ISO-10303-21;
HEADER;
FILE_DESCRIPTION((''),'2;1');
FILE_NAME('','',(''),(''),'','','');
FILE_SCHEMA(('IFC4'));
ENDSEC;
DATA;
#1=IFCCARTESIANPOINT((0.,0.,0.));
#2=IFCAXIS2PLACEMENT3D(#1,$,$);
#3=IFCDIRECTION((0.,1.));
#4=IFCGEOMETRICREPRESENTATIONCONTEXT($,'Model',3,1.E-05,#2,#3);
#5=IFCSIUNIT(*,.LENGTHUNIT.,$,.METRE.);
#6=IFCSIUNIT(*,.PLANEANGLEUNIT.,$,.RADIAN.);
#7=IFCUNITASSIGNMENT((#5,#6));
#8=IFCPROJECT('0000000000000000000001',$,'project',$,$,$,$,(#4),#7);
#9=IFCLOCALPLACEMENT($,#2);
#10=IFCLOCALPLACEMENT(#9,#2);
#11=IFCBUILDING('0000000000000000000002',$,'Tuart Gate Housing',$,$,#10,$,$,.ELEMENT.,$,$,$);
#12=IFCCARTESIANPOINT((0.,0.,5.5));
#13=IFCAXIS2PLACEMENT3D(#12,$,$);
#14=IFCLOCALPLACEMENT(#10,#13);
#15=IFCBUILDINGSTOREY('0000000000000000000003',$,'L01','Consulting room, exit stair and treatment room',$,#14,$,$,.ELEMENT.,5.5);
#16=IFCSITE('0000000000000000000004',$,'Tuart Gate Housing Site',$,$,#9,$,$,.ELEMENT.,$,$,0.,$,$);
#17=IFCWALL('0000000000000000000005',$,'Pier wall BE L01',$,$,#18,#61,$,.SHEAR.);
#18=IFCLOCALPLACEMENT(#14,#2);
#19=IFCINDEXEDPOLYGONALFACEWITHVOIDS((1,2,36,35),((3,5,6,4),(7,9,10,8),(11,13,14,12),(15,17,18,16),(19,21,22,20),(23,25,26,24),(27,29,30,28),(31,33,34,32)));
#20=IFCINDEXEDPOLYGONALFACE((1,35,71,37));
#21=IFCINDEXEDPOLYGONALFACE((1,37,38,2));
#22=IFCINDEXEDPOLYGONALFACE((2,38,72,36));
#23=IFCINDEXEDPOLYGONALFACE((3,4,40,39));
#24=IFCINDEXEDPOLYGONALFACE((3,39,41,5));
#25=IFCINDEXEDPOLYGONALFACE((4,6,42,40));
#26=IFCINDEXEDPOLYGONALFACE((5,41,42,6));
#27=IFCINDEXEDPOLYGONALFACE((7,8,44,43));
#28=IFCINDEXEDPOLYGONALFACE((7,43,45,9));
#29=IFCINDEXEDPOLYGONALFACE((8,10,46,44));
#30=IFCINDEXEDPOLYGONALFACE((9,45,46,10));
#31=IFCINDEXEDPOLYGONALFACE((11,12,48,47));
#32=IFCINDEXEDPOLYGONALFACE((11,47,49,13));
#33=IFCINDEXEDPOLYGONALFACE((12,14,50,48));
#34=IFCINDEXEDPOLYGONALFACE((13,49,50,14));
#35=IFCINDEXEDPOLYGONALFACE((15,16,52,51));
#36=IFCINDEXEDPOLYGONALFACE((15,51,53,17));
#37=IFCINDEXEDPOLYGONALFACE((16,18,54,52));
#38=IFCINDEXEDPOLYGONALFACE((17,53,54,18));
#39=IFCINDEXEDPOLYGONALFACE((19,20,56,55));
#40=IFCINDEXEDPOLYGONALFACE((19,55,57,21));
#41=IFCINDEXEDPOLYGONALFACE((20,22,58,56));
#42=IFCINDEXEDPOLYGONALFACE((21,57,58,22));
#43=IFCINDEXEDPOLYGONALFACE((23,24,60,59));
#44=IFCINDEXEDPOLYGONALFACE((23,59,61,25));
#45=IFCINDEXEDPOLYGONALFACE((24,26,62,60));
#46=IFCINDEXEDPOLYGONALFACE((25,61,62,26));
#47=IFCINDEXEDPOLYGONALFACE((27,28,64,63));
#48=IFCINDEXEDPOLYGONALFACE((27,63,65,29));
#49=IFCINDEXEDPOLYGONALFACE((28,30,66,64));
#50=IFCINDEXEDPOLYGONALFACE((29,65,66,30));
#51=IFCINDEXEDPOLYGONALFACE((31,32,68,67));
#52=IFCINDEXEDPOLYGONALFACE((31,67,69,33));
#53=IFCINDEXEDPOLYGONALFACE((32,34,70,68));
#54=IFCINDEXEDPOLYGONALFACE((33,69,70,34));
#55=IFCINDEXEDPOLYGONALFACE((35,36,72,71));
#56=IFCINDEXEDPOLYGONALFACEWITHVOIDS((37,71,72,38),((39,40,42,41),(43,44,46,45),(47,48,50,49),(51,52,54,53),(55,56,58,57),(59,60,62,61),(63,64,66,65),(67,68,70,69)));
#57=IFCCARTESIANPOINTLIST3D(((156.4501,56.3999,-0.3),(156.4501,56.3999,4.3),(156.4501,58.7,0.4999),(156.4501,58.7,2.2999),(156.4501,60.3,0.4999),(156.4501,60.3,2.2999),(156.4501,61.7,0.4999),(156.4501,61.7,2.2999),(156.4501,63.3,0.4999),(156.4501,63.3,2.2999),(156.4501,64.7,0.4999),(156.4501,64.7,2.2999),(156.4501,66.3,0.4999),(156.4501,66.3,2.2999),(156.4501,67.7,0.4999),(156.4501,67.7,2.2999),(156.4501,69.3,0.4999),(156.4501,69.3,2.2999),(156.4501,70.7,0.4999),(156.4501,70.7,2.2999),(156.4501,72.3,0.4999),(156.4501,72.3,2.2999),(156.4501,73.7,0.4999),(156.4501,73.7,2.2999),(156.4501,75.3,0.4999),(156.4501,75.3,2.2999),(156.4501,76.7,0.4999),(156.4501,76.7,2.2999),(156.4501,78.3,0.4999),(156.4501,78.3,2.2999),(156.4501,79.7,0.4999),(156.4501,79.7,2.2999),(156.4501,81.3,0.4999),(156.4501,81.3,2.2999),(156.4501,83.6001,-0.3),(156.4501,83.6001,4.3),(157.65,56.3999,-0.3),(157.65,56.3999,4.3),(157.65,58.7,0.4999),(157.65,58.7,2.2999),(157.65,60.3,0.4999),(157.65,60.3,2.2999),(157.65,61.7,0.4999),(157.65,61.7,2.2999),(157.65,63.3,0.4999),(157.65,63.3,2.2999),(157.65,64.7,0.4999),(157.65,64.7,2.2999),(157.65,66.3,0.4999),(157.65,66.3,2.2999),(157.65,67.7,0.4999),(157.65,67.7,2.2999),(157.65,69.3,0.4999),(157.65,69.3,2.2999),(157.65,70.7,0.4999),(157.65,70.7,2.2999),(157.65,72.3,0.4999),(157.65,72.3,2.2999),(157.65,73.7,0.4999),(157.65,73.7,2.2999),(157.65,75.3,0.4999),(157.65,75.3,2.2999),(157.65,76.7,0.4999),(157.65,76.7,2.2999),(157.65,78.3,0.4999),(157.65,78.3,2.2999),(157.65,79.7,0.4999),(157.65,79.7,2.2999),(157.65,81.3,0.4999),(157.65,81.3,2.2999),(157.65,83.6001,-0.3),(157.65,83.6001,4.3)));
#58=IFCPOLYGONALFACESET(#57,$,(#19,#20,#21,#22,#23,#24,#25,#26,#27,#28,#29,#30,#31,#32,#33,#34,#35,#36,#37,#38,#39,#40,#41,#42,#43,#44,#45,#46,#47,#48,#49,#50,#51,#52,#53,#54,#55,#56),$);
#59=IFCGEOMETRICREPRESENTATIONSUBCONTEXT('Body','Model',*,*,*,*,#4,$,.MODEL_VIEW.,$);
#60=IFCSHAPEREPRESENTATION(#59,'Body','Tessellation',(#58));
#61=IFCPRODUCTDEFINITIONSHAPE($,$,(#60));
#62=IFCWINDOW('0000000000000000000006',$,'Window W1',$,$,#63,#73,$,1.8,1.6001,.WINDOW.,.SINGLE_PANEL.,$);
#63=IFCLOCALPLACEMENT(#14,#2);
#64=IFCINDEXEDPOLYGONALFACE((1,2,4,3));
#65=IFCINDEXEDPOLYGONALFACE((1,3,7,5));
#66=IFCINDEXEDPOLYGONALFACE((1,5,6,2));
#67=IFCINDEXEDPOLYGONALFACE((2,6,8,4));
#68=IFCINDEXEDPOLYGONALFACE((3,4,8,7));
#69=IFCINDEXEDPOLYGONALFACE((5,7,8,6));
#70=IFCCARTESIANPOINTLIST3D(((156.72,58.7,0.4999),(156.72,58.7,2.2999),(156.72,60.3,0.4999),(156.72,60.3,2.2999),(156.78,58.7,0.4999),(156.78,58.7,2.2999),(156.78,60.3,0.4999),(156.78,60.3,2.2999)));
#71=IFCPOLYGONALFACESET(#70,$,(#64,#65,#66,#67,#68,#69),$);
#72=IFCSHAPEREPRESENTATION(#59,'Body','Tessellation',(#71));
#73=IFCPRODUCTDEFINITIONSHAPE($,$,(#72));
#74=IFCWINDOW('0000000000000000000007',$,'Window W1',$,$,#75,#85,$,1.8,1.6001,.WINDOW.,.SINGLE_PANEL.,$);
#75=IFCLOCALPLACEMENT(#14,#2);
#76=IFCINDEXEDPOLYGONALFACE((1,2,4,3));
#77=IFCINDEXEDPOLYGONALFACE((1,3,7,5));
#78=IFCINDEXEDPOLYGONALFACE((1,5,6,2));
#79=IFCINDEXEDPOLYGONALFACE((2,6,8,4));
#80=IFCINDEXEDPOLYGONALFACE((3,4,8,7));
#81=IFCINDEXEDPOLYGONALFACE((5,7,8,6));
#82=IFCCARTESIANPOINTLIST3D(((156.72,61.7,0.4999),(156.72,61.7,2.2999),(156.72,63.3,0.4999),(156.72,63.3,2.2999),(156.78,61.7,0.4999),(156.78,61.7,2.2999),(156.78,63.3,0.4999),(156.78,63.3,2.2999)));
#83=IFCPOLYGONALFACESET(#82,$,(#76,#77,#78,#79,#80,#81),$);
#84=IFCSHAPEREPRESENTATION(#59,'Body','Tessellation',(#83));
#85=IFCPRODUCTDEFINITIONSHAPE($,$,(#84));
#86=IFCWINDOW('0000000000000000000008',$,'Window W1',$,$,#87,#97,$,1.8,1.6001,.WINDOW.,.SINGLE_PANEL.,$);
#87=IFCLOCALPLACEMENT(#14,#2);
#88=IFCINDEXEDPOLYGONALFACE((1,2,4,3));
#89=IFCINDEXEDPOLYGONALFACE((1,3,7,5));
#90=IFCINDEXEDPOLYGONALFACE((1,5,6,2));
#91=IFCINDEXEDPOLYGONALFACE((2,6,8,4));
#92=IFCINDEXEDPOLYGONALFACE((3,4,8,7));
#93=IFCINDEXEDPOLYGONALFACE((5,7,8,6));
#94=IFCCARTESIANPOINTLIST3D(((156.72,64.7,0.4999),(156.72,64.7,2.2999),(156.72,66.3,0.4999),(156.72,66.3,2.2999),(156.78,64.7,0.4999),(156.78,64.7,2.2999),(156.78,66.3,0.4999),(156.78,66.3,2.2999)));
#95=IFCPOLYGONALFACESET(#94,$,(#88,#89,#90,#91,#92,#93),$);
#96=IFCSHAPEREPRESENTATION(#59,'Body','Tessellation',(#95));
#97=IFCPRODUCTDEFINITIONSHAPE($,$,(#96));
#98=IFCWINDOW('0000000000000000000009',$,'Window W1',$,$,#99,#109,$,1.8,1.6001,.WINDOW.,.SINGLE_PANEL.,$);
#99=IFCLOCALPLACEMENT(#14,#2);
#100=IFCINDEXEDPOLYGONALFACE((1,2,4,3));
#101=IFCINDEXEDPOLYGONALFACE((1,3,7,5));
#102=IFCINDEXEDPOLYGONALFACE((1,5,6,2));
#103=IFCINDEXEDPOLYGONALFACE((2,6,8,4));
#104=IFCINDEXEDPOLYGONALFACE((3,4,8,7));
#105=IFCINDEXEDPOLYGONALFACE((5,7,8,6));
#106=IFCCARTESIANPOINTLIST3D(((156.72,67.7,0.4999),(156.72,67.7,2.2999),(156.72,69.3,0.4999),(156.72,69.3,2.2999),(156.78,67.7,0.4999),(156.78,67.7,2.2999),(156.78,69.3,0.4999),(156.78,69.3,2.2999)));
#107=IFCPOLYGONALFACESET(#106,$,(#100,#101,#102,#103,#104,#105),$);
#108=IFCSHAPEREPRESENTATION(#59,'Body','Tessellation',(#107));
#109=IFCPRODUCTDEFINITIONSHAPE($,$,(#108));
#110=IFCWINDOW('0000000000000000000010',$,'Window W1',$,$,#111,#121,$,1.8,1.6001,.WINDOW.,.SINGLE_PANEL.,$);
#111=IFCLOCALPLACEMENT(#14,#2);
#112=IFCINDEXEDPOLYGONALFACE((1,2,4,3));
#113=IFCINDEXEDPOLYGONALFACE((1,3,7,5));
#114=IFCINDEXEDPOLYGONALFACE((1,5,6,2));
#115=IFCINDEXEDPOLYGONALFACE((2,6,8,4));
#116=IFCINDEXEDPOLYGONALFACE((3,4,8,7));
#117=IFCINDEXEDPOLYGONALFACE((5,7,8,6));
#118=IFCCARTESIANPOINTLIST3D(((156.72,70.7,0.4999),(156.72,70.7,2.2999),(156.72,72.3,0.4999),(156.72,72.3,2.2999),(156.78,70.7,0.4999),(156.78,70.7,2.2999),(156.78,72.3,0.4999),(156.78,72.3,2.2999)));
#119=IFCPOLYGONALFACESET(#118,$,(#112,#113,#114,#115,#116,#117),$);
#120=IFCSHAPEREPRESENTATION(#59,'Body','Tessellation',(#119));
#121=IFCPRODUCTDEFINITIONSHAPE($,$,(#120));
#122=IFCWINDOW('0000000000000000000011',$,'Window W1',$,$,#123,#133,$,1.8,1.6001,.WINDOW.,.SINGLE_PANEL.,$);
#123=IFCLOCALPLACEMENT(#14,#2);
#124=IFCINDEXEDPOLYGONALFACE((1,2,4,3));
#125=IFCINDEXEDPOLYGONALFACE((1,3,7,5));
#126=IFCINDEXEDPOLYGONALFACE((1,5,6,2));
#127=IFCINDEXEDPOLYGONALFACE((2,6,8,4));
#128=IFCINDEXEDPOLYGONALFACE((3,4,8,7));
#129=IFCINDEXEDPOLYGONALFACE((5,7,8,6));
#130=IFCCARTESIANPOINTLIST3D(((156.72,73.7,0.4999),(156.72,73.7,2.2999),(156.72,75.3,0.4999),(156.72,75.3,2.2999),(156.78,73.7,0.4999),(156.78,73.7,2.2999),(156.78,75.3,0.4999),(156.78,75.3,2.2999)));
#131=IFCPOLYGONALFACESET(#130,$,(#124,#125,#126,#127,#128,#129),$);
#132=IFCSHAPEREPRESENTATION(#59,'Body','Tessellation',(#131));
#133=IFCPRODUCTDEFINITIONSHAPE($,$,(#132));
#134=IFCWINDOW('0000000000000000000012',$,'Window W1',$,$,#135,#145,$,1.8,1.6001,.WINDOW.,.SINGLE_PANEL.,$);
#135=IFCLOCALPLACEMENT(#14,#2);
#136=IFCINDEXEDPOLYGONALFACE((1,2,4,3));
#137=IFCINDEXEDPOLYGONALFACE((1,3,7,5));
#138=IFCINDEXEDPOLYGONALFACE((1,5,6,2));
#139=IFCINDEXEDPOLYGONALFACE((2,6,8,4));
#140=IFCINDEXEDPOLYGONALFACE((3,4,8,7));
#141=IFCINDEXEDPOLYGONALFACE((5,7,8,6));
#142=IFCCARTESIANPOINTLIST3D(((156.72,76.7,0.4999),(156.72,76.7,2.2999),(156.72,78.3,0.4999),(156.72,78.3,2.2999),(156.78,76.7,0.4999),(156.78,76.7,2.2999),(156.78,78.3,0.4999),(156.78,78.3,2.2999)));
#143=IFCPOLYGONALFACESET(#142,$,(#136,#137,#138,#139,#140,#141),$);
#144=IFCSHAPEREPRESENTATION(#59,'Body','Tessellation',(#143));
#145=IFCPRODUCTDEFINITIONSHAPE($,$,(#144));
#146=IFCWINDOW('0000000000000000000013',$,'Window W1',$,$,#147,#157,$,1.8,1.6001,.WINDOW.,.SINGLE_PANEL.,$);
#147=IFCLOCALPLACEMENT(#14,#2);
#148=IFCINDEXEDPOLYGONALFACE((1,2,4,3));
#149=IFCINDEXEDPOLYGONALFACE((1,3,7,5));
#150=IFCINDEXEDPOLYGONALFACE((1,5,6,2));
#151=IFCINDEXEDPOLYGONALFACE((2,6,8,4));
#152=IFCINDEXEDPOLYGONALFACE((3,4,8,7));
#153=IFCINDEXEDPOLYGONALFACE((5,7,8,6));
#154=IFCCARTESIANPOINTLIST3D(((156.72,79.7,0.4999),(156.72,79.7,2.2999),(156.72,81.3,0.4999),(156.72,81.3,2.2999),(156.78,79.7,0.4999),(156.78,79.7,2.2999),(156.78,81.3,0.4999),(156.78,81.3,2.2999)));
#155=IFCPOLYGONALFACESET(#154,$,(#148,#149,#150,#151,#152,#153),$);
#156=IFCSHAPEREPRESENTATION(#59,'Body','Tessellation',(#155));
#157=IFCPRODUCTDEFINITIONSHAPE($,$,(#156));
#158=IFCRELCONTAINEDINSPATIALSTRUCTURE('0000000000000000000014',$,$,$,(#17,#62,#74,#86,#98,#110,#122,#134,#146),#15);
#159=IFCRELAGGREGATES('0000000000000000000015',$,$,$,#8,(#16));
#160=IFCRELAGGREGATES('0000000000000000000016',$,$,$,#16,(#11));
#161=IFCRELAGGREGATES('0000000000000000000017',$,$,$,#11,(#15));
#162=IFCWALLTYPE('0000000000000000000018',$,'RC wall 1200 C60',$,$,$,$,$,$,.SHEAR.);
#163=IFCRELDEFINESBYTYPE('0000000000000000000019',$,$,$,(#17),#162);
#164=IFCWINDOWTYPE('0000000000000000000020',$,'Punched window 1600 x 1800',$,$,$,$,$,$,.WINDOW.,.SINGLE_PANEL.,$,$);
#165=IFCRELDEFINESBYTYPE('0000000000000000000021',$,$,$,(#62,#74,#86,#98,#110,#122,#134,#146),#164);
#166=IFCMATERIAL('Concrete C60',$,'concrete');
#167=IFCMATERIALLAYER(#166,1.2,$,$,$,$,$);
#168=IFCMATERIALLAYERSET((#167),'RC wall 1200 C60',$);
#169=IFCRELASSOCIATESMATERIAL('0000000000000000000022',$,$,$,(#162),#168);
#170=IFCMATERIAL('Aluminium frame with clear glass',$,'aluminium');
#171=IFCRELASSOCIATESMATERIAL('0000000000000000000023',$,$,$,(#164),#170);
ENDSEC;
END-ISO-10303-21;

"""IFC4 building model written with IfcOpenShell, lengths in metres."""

from ifc_helpers import new_model, si_unit, direction, frame, frame_2d, origin, place, context, subcontext, project, spatial, rectangle, extrude, material, layer, layer_set, type_object, element, fill, save


model = new_model("IFC4")

# Units and contexts
model_context = context("Model", 3, precision=1e-05, world=origin(), true_north=direction((0.0, 1.0)))
body_context = subcontext(model_context, "Body", "Model", "MODEL_VIEW")
ifc_project = project(units=[si_unit("LENGTHUNIT", "METRE"), si_unit("PLANEANGLEUNIT", "RADIAN")], contexts=[model_context])

# Site, building, storey
site_placement = place(None, origin())
site = spatial("IfcSite", under=ifc_project, at=site_placement, Name="Tuart Gate Housing Site", CompositionType="ELEMENT", RefElevation=0.0)
building_placement = place(site_placement, origin())
building = spatial("IfcBuilding", under=site, at=building_placement, Name="Tuart Gate Housing", CompositionType="ELEMENT")
storey_placement = place(building_placement, frame((0.0, 0.0, 5.5)))
storey = spatial("IfcBuildingStorey", under=building, at=storey_placement, Name="L01", Description="Consulting room, exit stair and treatment room", CompositionType="ELEMENT", Elevation=5.5)

# Wall, openings, windows
ifc_material_1 = material(Name="Concrete C60", Category="concrete")
ifc_layer_1 = layer(ifc_material_1, 1.2)
ifc_layer_set_1 = layer_set([ifc_layer_1], Name="RC wall 1200 C60")
wall_type_1 = type_object("IfcWallType", Name="RC wall 1200 C60", PredefinedType="SHEAR", material=ifc_layer_set_1)
wall_1_placement = place(storey_placement, frame((157.05, 56.3999, -0.3), z_axis=(0.0, 0.0, 1.0), x_axis=(0.0, 1.0, 0.0)))
wall_1 = element("IfcWall", 1, at=wall_1_placement, inside=storey, type_object=wall_type_1, Name="Pier wall BE L01", PredefinedType="SHEAR", context=body_context, shape_type="SweptSolid", body=[
    extrude(rectangle(XDim=27.2002, YDim=1.2, at=frame_2d((13.6001, 0.0))), origin(), (0.0, 0.0, 1.0), 4.6001),
])
opening_1_placement = place(wall_1_placement, frame((2.3, 0.0, 0.8)))
opening_1 = element("IfcOpeningElement", 2, at=opening_1_placement, cuts=wall_1, PredefinedType="OPENING", context=body_context, shape_type="SweptSolid", body=[
    extrude(rectangle(XDim=1.6001, YDim=1.8, at=frame_2d((0.8, 0.8999))), frame((0.0, 0.6099, 0.0), z_axis=(0.0, -1.0, 0.0), x_axis=(1.0, 0.0, 0.0)), (0.0, 0.0, 1.0), 1.22),
])
opening_2_placement = place(wall_1_placement, frame((5.3, 0.0, 0.8)))
opening_2 = element("IfcOpeningElement", 3, at=opening_2_placement, cuts=wall_1, PredefinedType="OPENING", context=body_context, shape_type="SweptSolid", body=[
    extrude(rectangle(XDim=1.6001, YDim=1.8, at=frame_2d((0.8, 0.8999))), frame((0.0, 0.6099, 0.0), z_axis=(0.0, -1.0, 0.0), x_axis=(1.0, 0.0, 0.0)), (0.0, 0.0, 1.0), 1.22),
])
opening_3_placement = place(wall_1_placement, frame((8.3, 0.0, 0.8)))
opening_3 = element("IfcOpeningElement", 4, at=opening_3_placement, cuts=wall_1, PredefinedType="OPENING", context=body_context, shape_type="SweptSolid", body=[
    extrude(rectangle(XDim=1.6001, YDim=1.8, at=frame_2d((0.8, 0.8999))), frame((0.0, 0.6099, 0.0), z_axis=(0.0, -1.0, 0.0), x_axis=(1.0, 0.0, 0.0)), (0.0, 0.0, 1.0), 1.22),
])
opening_4_placement = place(wall_1_placement, frame((11.3, 0.0, 0.8)))
opening_4 = element("IfcOpeningElement", 5, at=opening_4_placement, cuts=wall_1, PredefinedType="OPENING", context=body_context, shape_type="SweptSolid", body=[
    extrude(rectangle(XDim=1.6001, YDim=1.8, at=frame_2d((0.8, 0.8999))), frame((0.0, 0.6099, 0.0), z_axis=(0.0, -1.0, 0.0), x_axis=(1.0, 0.0, 0.0)), (0.0, 0.0, 1.0), 1.22),
])
opening_5_placement = place(wall_1_placement, frame((14.3, 0.0, 0.8)))
opening_5 = element("IfcOpeningElement", 6, at=opening_5_placement, cuts=wall_1, PredefinedType="OPENING", context=body_context, shape_type="SweptSolid", body=[
    extrude(rectangle(XDim=1.6001, YDim=1.8, at=frame_2d((0.8, 0.8999))), frame((0.0, 0.6099, 0.0), z_axis=(0.0, -1.0, 0.0), x_axis=(1.0, 0.0, 0.0)), (0.0, 0.0, 1.0), 1.22),
])
opening_6_placement = place(wall_1_placement, frame((17.3, 0.0, 0.8)))
opening_6 = element("IfcOpeningElement", 7, at=opening_6_placement, cuts=wall_1, PredefinedType="OPENING", context=body_context, shape_type="SweptSolid", body=[
    extrude(rectangle(XDim=1.6001, YDim=1.8, at=frame_2d((0.8, 0.8999))), frame((0.0, 0.6099, 0.0), z_axis=(0.0, -1.0, 0.0), x_axis=(1.0, 0.0, 0.0)), (0.0, 0.0, 1.0), 1.22),
])
opening_7_placement = place(wall_1_placement, frame((20.3, 0.0, 0.8)))
opening_7 = element("IfcOpeningElement", 8, at=opening_7_placement, cuts=wall_1, PredefinedType="OPENING", context=body_context, shape_type="SweptSolid", body=[
    extrude(rectangle(XDim=1.6001, YDim=1.8, at=frame_2d((0.8, 0.8999))), frame((0.0, 0.6099, 0.0), z_axis=(0.0, -1.0, 0.0), x_axis=(1.0, 0.0, 0.0)), (0.0, 0.0, 1.0), 1.22),
])
opening_8_placement = place(wall_1_placement, frame((23.3, 0.0, 0.8)))
opening_8 = element("IfcOpeningElement", 9, at=opening_8_placement, cuts=wall_1, PredefinedType="OPENING", context=body_context, shape_type="SweptSolid", body=[
    extrude(rectangle(XDim=1.6001, YDim=1.8, at=frame_2d((0.8, 0.8999))), frame((0.0, 0.6099, 0.0), z_axis=(0.0, -1.0, 0.0), x_axis=(1.0, 0.0, 0.0)), (0.0, 0.0, 1.0), 1.22),
])
ifc_material_2 = material(Name="Aluminium frame with clear glass", Category="aluminium")
window_type = type_object("IfcWindowType", Name="Punched window 1600 x 1800", PartitioningType="SINGLE_PANEL", PredefinedType="WINDOW", material=ifc_material_2)
window_1_placement = place(opening_1_placement, origin())
window_1 = element("IfcWindow", 10, at=window_1_placement, inside=storey, type_object=window_type, Name="Window W1", OverallHeight=1.8, OverallWidth=1.6001, PartitioningType="SINGLE_PANEL", PredefinedType="WINDOW", context=body_context, shape_type="SweptSolid", body=[
    extrude(rectangle(XDim=1.6001, YDim=1.8, at=frame_2d((0.8, 0.8999))), frame((0.0, 0.3301, 0.0), z_axis=(0.0, -1.0, 0.0), x_axis=(1.0, 0.0, 0.0)), (0.0, 0.0, 1.0), 0.0601),
])
fill(opening_1, window_1)
window_2_placement = place(opening_2_placement, origin())
window_2 = element("IfcWindow", 11, at=window_2_placement, inside=storey, type_object=window_type, Name="Window W1", OverallHeight=1.8, OverallWidth=1.6001, PartitioningType="SINGLE_PANEL", PredefinedType="WINDOW", context=body_context, shape_type="SweptSolid", body=[
    extrude(rectangle(XDim=1.6001, YDim=1.8, at=frame_2d((0.8, 0.8999))), frame((0.0, 0.3301, 0.0), z_axis=(0.0, -1.0, 0.0), x_axis=(1.0, 0.0, 0.0)), (0.0, 0.0, 1.0), 0.0601),
])
fill(opening_2, window_2)
window_3_placement = place(opening_3_placement, origin())
window_3 = element("IfcWindow", 12, at=window_3_placement, inside=storey, type_object=window_type, Name="Window W1", OverallHeight=1.8, OverallWidth=1.6001, PartitioningType="SINGLE_PANEL", PredefinedType="WINDOW", context=body_context, shape_type="SweptSolid", body=[
    extrude(rectangle(XDim=1.6001, YDim=1.8, at=frame_2d((0.8, 0.8999))), frame((0.0, 0.3301, 0.0), z_axis=(0.0, -1.0, 0.0), x_axis=(1.0, 0.0, 0.0)), (0.0, 0.0, 1.0), 0.0601),
])
fill(opening_3, window_3)
window_4_placement = place(opening_4_placement, origin())
window_4 = element("IfcWindow", 13, at=window_4_placement, inside=storey, type_object=window_type, Name="Window W1", OverallHeight=1.8, OverallWidth=1.6001, PartitioningType="SINGLE_PANEL", PredefinedType="WINDOW", context=body_context, shape_type="SweptSolid", body=[
    extrude(rectangle(XDim=1.6001, YDim=1.8, at=frame_2d((0.8, 0.8999))), frame((0.0, 0.3301, 0.0), z_axis=(0.0, -1.0, 0.0), x_axis=(1.0, 0.0, 0.0)), (0.0, 0.0, 1.0), 0.0601),
])
fill(opening_4, window_4)
window_5_placement = place(opening_5_placement, origin())
window_5 = element("IfcWindow", 14, at=window_5_placement, inside=storey, type_object=window_type, Name="Window W1", OverallHeight=1.8, OverallWidth=1.6001, PartitioningType="SINGLE_PANEL", PredefinedType="WINDOW", context=body_context, shape_type="SweptSolid", body=[
    extrude(rectangle(XDim=1.6001, YDim=1.8, at=frame_2d((0.8, 0.8999))), frame((0.0, 0.3301, 0.0), z_axis=(0.0, -1.0, 0.0), x_axis=(1.0, 0.0, 0.0)), (0.0, 0.0, 1.0), 0.0601),
])
fill(opening_5, window_5)
window_6_placement = place(opening_6_placement, origin())
window_6 = element("IfcWindow", 15, at=window_6_placement, inside=storey, type_object=window_type, Name="Window W1", OverallHeight=1.8, OverallWidth=1.6001, PartitioningType="SINGLE_PANEL", PredefinedType="WINDOW", context=body_context, shape_type="SweptSolid", body=[
    extrude(rectangle(XDim=1.6001, YDim=1.8, at=frame_2d((0.8, 0.8999))), frame((0.0, 0.3301, 0.0), z_axis=(0.0, -1.0, 0.0), x_axis=(1.0, 0.0, 0.0)), (0.0, 0.0, 1.0), 0.0601),
])
fill(opening_6, window_6)
window_7_placement = place(opening_7_placement, origin())
window_7 = element("IfcWindow", 16, at=window_7_placement, inside=storey, type_object=window_type, Name="Window W1", OverallHeight=1.8, OverallWidth=1.6001, PartitioningType="SINGLE_PANEL", PredefinedType="WINDOW", context=body_context, shape_type="SweptSolid", body=[
    extrude(rectangle(XDim=1.6001, YDim=1.8, at=frame_2d((0.8, 0.8999))), frame((0.0, 0.3301, 0.0), z_axis=(0.0, -1.0, 0.0), x_axis=(1.0, 0.0, 0.0)), (0.0, 0.0, 1.0), 0.0601),
])
fill(opening_7, window_7)
window_8_placement = place(opening_8_placement, origin())
window_8 = element("IfcWindow", 17, at=window_8_placement, inside=storey, type_object=window_type, Name="Window W1", OverallHeight=1.8, OverallWidth=1.6001, PartitioningType="SINGLE_PANEL", PredefinedType="WINDOW", context=body_context, shape_type="SweptSolid", body=[
    extrude(rectangle(XDim=1.6001, YDim=1.8, at=frame_2d((0.8, 0.8999))), frame((0.0, 0.3301, 0.0), z_axis=(0.0, -1.0, 0.0), x_axis=(1.0, 0.0, 0.0)), (0.0, 0.0, 1.0), 0.0601),
])
fill(opening_8, window_8)

save(model, "model.ifc")
